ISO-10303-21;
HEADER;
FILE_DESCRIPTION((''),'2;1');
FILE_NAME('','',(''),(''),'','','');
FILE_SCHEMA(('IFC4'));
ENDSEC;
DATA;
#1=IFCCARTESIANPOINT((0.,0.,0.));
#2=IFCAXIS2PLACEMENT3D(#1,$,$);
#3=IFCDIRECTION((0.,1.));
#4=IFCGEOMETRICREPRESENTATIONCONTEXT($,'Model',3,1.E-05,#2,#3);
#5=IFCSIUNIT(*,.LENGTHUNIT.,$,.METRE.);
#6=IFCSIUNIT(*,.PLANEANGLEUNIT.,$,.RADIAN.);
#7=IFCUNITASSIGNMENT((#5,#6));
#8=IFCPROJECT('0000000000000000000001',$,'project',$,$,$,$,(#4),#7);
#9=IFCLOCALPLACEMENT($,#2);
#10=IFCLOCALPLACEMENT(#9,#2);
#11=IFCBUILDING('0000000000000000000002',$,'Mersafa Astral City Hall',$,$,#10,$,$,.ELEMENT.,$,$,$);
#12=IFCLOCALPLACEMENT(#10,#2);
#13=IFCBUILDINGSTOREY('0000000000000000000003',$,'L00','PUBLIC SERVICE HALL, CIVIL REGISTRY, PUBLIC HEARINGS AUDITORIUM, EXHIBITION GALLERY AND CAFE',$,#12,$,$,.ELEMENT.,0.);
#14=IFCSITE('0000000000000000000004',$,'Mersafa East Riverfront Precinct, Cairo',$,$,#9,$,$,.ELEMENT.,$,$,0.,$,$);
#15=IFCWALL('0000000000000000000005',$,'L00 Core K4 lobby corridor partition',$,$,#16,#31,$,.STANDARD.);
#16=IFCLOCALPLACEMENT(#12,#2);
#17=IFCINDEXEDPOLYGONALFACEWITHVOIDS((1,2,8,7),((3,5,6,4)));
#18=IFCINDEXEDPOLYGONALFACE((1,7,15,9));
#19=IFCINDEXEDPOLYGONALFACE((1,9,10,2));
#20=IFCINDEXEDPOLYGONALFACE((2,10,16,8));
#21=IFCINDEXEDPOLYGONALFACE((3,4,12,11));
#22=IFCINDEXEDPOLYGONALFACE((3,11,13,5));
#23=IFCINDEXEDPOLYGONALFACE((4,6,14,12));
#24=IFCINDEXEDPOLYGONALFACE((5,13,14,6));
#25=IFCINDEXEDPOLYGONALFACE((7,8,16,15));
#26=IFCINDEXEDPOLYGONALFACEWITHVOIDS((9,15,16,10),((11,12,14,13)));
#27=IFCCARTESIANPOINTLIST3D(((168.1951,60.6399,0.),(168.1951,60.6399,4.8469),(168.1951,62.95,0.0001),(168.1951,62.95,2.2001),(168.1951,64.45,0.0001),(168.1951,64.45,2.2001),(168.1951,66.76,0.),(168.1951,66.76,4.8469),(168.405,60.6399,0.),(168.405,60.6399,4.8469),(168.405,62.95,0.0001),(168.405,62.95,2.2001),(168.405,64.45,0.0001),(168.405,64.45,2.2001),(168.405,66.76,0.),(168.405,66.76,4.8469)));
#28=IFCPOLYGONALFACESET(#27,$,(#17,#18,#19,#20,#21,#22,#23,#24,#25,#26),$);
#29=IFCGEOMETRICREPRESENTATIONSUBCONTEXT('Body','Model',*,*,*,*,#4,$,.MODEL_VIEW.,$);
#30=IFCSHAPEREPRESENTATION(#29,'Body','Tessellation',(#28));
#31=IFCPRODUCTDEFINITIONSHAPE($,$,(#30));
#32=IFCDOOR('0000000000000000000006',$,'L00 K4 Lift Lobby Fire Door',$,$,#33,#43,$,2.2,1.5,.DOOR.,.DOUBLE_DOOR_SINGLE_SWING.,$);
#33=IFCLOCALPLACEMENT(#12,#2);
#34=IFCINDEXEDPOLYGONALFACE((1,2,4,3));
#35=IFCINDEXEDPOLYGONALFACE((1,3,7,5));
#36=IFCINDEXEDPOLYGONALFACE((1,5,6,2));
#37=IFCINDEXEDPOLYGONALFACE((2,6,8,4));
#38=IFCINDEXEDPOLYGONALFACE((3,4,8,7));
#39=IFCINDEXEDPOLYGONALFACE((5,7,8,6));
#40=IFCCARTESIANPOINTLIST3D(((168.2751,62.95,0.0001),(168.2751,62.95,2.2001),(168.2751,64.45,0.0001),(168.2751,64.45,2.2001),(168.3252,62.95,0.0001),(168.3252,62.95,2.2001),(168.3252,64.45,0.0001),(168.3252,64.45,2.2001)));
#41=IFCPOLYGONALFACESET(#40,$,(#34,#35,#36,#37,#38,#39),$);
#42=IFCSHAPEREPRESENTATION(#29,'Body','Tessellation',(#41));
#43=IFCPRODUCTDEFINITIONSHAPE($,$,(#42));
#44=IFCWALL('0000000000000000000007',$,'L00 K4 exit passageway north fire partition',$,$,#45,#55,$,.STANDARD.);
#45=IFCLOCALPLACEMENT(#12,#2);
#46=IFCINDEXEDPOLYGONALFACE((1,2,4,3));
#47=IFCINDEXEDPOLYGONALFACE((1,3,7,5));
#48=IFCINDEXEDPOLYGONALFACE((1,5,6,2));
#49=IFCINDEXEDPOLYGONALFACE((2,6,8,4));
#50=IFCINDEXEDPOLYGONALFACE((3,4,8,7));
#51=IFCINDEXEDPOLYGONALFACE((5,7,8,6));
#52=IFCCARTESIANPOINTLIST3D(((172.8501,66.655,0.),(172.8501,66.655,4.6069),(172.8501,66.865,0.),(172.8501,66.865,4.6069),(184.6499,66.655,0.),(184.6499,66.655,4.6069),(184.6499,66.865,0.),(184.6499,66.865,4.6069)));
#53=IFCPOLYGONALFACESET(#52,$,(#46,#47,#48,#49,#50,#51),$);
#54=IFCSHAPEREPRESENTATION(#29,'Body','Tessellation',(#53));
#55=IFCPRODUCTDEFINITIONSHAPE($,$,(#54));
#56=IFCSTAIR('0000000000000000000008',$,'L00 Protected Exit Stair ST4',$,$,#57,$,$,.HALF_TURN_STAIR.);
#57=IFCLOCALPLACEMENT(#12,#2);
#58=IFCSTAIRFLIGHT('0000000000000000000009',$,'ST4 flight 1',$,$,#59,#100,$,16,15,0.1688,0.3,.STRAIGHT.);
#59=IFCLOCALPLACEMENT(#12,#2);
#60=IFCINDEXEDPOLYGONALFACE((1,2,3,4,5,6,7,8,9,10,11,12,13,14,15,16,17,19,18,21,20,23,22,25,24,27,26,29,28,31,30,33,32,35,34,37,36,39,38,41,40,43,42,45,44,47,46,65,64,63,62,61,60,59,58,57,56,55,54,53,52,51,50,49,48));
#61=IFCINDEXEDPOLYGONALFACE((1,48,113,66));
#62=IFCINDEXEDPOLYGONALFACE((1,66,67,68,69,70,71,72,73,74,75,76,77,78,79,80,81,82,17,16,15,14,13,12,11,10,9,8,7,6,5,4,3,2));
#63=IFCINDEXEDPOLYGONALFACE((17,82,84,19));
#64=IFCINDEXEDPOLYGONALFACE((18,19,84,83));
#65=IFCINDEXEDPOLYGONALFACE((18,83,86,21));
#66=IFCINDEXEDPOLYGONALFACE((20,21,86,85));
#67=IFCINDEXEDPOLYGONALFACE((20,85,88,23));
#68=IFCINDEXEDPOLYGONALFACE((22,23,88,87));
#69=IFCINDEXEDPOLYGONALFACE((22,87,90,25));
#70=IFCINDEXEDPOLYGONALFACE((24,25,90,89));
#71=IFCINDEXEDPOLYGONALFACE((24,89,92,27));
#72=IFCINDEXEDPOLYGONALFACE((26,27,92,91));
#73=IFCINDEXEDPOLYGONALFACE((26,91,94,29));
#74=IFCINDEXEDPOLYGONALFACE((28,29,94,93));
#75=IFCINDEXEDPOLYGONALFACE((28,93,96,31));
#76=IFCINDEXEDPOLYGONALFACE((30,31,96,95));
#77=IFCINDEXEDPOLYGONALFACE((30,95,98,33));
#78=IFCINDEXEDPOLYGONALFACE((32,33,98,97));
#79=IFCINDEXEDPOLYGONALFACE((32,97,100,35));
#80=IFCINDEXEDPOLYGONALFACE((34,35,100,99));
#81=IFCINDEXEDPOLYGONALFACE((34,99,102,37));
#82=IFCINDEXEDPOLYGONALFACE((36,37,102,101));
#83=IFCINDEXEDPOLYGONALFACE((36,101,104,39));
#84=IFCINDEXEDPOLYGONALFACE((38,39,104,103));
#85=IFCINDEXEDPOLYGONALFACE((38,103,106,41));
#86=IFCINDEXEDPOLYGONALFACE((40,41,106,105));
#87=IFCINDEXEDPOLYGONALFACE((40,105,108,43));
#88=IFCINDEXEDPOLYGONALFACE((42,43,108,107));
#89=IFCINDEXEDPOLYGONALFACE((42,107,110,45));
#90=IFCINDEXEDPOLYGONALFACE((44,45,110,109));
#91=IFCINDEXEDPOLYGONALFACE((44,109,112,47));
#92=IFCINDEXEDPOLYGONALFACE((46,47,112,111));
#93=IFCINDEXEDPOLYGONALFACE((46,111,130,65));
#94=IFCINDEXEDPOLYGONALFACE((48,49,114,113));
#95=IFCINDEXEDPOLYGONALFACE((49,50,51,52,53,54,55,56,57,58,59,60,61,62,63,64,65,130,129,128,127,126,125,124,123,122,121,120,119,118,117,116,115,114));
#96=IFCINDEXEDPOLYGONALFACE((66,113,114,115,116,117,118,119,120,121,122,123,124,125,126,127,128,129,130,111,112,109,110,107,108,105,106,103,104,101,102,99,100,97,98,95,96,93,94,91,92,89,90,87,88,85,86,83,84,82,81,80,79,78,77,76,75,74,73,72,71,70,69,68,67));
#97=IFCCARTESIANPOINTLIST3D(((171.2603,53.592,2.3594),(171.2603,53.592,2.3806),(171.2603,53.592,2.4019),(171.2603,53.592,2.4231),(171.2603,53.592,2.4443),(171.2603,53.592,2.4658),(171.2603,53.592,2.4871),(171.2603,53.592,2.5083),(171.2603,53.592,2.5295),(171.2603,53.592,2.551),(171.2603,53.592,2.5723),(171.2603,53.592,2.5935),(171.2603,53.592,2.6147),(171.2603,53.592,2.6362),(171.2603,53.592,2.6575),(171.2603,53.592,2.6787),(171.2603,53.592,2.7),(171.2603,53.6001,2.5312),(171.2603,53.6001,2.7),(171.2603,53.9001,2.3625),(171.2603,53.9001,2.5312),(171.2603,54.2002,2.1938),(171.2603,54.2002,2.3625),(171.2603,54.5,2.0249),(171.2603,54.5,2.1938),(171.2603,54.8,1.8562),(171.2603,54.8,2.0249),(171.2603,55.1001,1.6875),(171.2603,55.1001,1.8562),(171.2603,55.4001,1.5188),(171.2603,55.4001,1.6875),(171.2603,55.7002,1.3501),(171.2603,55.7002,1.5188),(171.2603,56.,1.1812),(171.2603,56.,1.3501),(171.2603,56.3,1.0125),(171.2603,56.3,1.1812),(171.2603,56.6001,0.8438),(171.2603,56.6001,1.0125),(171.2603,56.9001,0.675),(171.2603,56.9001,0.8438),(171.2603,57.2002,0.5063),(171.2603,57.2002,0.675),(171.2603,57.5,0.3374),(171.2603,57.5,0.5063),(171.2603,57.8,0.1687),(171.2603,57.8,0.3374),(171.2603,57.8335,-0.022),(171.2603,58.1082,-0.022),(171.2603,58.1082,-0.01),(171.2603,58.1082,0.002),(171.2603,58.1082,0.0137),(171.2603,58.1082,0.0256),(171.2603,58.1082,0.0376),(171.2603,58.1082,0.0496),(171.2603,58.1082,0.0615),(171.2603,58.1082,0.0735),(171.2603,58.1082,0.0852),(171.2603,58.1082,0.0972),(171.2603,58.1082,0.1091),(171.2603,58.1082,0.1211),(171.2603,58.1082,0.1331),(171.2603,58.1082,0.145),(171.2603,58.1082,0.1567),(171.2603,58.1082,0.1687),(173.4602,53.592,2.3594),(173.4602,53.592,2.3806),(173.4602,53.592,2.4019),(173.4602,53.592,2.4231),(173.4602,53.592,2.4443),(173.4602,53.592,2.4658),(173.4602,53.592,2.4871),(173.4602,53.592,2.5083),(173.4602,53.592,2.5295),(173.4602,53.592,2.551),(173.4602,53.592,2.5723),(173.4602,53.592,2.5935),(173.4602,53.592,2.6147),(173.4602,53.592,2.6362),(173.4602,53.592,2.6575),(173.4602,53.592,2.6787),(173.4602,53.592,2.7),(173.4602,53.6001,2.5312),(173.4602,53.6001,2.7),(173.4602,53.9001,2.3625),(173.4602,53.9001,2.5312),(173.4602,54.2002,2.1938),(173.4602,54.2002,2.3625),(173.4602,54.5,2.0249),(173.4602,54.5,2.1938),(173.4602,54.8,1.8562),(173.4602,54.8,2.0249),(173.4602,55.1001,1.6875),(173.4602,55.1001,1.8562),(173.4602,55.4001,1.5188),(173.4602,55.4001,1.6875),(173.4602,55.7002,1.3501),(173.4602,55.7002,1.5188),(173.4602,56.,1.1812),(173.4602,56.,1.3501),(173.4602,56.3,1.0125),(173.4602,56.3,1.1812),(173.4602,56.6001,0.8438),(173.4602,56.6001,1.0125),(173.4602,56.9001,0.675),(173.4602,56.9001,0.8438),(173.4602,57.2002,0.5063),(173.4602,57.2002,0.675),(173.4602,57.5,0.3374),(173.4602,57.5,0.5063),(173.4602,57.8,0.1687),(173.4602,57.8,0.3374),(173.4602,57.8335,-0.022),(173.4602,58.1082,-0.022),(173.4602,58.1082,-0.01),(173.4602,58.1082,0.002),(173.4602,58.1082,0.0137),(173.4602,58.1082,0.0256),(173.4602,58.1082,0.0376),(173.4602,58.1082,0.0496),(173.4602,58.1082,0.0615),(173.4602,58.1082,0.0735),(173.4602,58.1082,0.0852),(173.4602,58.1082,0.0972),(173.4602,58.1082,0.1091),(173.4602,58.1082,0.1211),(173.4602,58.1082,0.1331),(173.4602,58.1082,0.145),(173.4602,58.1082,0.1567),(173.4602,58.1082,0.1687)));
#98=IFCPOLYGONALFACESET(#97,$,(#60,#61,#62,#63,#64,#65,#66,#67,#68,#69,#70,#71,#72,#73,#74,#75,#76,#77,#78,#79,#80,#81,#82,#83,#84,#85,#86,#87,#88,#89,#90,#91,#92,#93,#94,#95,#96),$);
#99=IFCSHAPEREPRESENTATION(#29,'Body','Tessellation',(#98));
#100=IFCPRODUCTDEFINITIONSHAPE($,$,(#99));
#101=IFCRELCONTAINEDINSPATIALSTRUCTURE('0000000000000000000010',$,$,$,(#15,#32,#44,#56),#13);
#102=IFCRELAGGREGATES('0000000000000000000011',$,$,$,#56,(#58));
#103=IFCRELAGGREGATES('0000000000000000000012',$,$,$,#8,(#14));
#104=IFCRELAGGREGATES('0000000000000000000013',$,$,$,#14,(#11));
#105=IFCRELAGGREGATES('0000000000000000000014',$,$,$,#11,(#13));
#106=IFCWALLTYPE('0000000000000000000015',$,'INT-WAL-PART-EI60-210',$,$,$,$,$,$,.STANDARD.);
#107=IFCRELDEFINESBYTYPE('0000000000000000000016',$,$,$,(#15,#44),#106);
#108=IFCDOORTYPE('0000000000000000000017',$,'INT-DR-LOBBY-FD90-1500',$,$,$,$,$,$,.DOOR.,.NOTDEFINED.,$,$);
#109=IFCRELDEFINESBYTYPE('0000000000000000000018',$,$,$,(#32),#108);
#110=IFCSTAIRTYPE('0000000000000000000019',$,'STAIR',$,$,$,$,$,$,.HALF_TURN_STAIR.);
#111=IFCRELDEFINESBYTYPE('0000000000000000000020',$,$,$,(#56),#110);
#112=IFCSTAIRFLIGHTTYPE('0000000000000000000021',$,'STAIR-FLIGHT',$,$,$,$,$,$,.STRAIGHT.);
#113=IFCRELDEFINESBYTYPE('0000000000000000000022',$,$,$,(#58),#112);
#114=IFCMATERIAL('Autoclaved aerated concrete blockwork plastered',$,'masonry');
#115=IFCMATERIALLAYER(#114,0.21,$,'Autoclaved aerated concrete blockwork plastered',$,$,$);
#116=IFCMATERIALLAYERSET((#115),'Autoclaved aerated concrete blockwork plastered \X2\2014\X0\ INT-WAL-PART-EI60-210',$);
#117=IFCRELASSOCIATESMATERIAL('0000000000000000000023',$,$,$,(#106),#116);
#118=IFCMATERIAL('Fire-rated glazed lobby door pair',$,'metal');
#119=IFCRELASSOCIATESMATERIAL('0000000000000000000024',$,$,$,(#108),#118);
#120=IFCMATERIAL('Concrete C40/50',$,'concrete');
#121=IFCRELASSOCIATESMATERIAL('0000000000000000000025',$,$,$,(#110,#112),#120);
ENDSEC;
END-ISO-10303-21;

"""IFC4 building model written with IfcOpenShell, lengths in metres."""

from ifc_helpers import new_model, si_unit, direction, frame, frame_2d, origin, place, context, subcontext, project, spatial, polyline, rectangle, outline, extrude, material, layer, layer_set, type_object, element, fill, aggregate, save


model = new_model("IFC4")

# Units and contexts
model_context = context("Model", 3, precision=1e-05, world=origin(), true_north=direction((0.0, 1.0)))
body_context = subcontext(model_context, "Body", "Model", "MODEL_VIEW")
ifc_project = project(units=[si_unit("LENGTHUNIT", "METRE"), si_unit("PLANEANGLEUNIT", "RADIAN")], contexts=[model_context])

# Site, building, storey
site_placement = place(None, origin())
site = spatial("IfcSite", under=ifc_project, at=site_placement, Name="Mersafa East Riverfront Precinct, Cairo", CompositionType="ELEMENT", RefElevation=0.0)
building_placement = place(site_placement, origin())
building = spatial("IfcBuilding", under=site, at=building_placement, Name="Mersafa Astral City Hall", CompositionType="ELEMENT")
storey_placement = place(building_placement, origin())
storey = spatial("IfcBuildingStorey", under=building, at=storey_placement, Name="L00", Description="PUBLIC SERVICE HALL, CIVIL REGISTRY, PUBLIC HEARINGS AUDITORIUM, EXHIBITION GALLERY AND CAFE", CompositionType="ELEMENT", Elevation=0.0)

# Shared definitions
ifc_material_1 = material(Name="Concrete C40/50", Category="concrete")

# Wall, opening, door
ifc_material_2 = material(Name="Autoclaved aerated concrete blockwork plastered", Category="masonry")
ifc_layer_1 = layer(ifc_material_2, 0.21, Name="Autoclaved aerated concrete blockwork plastered")
ifc_layer_set_1 = layer_set([ifc_layer_1], Name="Autoclaved aerated concrete blockwork plastered — INT-WAL-PART-EI60-210")
wall_type_1 = type_object("IfcWallType", Name="INT-WAL-PART-EI60-210", PredefinedType="STANDARD", material=ifc_layer_set_1)
wall_1_placement = place(storey_placement, frame((168.3, 60.6399, 0.0), z_axis=(0.0, 0.0, 1.0), x_axis=(0.0, 1.0, 0.0)))
wall_1 = element("IfcWall", 1, at=wall_1_placement, inside=storey, type_object=wall_type_1, Name="L00 Core K4 lobby corridor partition", PredefinedType="STANDARD", context=body_context, shape_type="SweptSolid", body=[
    extrude(rectangle(XDim=6.1201, YDim=0.21, at=frame_2d((3.0601, 0.0))), origin(), (0.0, 0.0, 1.0), 4.8469),
])
opening_1_placement = place(wall_1_placement, frame((2.3101, 0.0, 0.0)))
opening_1 = element("IfcOpeningElement", 2, at=opening_1_placement, cuts=wall_1, PredefinedType="OPENING", context=body_context, shape_type="SweptSolid", body=[
    extrude(rectangle(XDim=1.5, YDim=2.2, at=frame_2d((0.75, 1.1001))), frame((0.0, 0.115, 0.0), z_axis=(0.0, -1.0, 0.0), x_axis=(1.0, 0.0, 0.0)), (0.0, 0.0, 1.0), 0.23),
])
ifc_material_3 = material(Name="Fire-rated glazed lobby door pair", Category="metal")
door_type_1 = type_object("IfcDoorType", Name="INT-DR-LOBBY-FD90-1500", OperationType="NOTDEFINED", PredefinedType="DOOR", material=ifc_material_3)
door_1_placement = place(opening_1_placement, origin())
door_1 = element("IfcDoor", 3, at=door_1_placement, inside=storey, type_object=door_type_1, Name="L00 K4 Lift Lobby Fire Door", OperationType="DOUBLE_DOOR_SINGLE_SWING", OverallHeight=2.2, OverallWidth=1.5, PredefinedType="DOOR", context=body_context, shape_type="SweptSolid", body=[
    extrude(rectangle(XDim=1.5, YDim=2.2, at=frame_2d((0.75, 1.1001))), frame((0.0, 0.0249, 0.0), z_axis=(0.0, -1.0, 0.0), x_axis=(1.0, 0.0, 0.0)), (0.0, 0.0, 1.0), 0.05),
])
fill(opening_1, door_1)

# Wall
wall_2_placement = place(storey_placement, frame((172.8501, 66.76, 0.0), z_axis=(0.0, 0.0, 1.0), x_axis=(1.0, 0.0, 0.0)))
element("IfcWall", 4, at=wall_2_placement, inside=storey, type_object=wall_type_1, Name="L00 K4 exit passageway north fire partition", PredefinedType="STANDARD", context=body_context, shape_type="SweptSolid", body=[
    extrude(rectangle(XDim=11.7998, YDim=0.21, at=frame_2d((5.8999, 0.0))), origin(), (0.0, 0.0, 1.0), 4.6069),
])

# Stair, stair flight
stair_type = type_object("IfcStairType", Name="STAIR", PredefinedType="HALF_TURN_STAIR", material=ifc_material_1)
stair_placement = place(storey_placement, origin())
stair = element("IfcStair", 5, at=stair_placement, inside=storey, type_object=stair_type, Name="L00 Protected Exit Stair ST4", PredefinedType="HALF_TURN_STAIR")
stair_flight_type = type_object("IfcStairFlightType", Name="STAIR-FLIGHT", PredefinedType="STRAIGHT", material=ifc_material_1)
stair_flight_placement = place(storey_placement, frame((172.3601, 58.1001, 0.0), z_axis=(0.0, 0.0, 1.0), x_axis=(0.0, -1.0, 0.0)))
stair_flight = element("IfcStairFlight", 6, at=stair_flight_placement, type_object=stair_flight_type, Name="ST4 flight 1", NumberOfRisers=16, NumberOfTreads=15, PredefinedType="STRAIGHT", RiserHeight=0.1688, TreadLength=0.3, context=body_context, shape_type="SweptSolid", body=[
    extrude(outline(polyline([(-0.0081, -0.022), (-0.0081, -0.01), (-0.0081, 0.002), (-0.0081, 0.0137), (-0.0081, 0.0256), (-0.0081, 0.0376), (-0.0081, 0.0496), (-0.0081, 0.0615), (-0.0081, 0.0735), (-0.0081, 0.0852), (-0.0081, 0.0972), (-0.0081, 0.1091), (-0.0081, 0.1211), (-0.0081, 0.1331), (-0.0081, 0.145), (-0.0081, 0.1567), (-0.0081, 0.1687), (0.3, 0.1687), (0.3, 0.3374), (0.6001, 0.3374), (0.6001, 0.5063), (0.8999, 0.5063), (0.8999, 0.675), (1.2, 0.675), (1.2, 0.8438), (1.5, 0.8438), (1.5, 1.0125), (1.8, 1.0125), (1.8, 1.1812), (2.1001, 1.1812), (2.1001, 1.3501), (2.3999, 1.3501), (2.3999, 1.5188), (2.7, 1.5188), (2.7, 1.6875), (3.0, 1.6875), (3.0, 1.8562), (3.3, 1.8562), (3.3, 2.0249), (3.6001, 2.0249), (3.6001, 2.1938), (3.8999, 2.1938), (3.8999, 2.3625), (4.2, 2.3625), (4.2, 2.5312), (4.5, 2.5312), (4.5, 2.7), (4.5081, 2.7), (4.5081, 2.6787), (4.5081, 2.6575), (4.5081, 2.6362), (4.5081, 2.6147), (4.5081, 2.5935), (4.5081, 2.5723), (4.5081, 2.551), (4.5081, 2.5295), (4.5081, 2.5083), (4.5081, 2.4871), (4.5081, 2.4658), (4.5081, 2.4443), (4.5081, 2.4231), (4.5081, 2.4019), (4.5081, 2.3806), (4.5081, 2.3594), (0.2666, -0.022), (-0.0081, -0.022)])), frame((0.0, 1.1001, 0.0), z_axis=(0.0, -1.0, 0.0), x_axis=(1.0, 0.0, 0.0)), (0.0, 0.0, 1.0), 2.2),
])
aggregate(stair, [stair_flight])

save(model, "model.ifc")
